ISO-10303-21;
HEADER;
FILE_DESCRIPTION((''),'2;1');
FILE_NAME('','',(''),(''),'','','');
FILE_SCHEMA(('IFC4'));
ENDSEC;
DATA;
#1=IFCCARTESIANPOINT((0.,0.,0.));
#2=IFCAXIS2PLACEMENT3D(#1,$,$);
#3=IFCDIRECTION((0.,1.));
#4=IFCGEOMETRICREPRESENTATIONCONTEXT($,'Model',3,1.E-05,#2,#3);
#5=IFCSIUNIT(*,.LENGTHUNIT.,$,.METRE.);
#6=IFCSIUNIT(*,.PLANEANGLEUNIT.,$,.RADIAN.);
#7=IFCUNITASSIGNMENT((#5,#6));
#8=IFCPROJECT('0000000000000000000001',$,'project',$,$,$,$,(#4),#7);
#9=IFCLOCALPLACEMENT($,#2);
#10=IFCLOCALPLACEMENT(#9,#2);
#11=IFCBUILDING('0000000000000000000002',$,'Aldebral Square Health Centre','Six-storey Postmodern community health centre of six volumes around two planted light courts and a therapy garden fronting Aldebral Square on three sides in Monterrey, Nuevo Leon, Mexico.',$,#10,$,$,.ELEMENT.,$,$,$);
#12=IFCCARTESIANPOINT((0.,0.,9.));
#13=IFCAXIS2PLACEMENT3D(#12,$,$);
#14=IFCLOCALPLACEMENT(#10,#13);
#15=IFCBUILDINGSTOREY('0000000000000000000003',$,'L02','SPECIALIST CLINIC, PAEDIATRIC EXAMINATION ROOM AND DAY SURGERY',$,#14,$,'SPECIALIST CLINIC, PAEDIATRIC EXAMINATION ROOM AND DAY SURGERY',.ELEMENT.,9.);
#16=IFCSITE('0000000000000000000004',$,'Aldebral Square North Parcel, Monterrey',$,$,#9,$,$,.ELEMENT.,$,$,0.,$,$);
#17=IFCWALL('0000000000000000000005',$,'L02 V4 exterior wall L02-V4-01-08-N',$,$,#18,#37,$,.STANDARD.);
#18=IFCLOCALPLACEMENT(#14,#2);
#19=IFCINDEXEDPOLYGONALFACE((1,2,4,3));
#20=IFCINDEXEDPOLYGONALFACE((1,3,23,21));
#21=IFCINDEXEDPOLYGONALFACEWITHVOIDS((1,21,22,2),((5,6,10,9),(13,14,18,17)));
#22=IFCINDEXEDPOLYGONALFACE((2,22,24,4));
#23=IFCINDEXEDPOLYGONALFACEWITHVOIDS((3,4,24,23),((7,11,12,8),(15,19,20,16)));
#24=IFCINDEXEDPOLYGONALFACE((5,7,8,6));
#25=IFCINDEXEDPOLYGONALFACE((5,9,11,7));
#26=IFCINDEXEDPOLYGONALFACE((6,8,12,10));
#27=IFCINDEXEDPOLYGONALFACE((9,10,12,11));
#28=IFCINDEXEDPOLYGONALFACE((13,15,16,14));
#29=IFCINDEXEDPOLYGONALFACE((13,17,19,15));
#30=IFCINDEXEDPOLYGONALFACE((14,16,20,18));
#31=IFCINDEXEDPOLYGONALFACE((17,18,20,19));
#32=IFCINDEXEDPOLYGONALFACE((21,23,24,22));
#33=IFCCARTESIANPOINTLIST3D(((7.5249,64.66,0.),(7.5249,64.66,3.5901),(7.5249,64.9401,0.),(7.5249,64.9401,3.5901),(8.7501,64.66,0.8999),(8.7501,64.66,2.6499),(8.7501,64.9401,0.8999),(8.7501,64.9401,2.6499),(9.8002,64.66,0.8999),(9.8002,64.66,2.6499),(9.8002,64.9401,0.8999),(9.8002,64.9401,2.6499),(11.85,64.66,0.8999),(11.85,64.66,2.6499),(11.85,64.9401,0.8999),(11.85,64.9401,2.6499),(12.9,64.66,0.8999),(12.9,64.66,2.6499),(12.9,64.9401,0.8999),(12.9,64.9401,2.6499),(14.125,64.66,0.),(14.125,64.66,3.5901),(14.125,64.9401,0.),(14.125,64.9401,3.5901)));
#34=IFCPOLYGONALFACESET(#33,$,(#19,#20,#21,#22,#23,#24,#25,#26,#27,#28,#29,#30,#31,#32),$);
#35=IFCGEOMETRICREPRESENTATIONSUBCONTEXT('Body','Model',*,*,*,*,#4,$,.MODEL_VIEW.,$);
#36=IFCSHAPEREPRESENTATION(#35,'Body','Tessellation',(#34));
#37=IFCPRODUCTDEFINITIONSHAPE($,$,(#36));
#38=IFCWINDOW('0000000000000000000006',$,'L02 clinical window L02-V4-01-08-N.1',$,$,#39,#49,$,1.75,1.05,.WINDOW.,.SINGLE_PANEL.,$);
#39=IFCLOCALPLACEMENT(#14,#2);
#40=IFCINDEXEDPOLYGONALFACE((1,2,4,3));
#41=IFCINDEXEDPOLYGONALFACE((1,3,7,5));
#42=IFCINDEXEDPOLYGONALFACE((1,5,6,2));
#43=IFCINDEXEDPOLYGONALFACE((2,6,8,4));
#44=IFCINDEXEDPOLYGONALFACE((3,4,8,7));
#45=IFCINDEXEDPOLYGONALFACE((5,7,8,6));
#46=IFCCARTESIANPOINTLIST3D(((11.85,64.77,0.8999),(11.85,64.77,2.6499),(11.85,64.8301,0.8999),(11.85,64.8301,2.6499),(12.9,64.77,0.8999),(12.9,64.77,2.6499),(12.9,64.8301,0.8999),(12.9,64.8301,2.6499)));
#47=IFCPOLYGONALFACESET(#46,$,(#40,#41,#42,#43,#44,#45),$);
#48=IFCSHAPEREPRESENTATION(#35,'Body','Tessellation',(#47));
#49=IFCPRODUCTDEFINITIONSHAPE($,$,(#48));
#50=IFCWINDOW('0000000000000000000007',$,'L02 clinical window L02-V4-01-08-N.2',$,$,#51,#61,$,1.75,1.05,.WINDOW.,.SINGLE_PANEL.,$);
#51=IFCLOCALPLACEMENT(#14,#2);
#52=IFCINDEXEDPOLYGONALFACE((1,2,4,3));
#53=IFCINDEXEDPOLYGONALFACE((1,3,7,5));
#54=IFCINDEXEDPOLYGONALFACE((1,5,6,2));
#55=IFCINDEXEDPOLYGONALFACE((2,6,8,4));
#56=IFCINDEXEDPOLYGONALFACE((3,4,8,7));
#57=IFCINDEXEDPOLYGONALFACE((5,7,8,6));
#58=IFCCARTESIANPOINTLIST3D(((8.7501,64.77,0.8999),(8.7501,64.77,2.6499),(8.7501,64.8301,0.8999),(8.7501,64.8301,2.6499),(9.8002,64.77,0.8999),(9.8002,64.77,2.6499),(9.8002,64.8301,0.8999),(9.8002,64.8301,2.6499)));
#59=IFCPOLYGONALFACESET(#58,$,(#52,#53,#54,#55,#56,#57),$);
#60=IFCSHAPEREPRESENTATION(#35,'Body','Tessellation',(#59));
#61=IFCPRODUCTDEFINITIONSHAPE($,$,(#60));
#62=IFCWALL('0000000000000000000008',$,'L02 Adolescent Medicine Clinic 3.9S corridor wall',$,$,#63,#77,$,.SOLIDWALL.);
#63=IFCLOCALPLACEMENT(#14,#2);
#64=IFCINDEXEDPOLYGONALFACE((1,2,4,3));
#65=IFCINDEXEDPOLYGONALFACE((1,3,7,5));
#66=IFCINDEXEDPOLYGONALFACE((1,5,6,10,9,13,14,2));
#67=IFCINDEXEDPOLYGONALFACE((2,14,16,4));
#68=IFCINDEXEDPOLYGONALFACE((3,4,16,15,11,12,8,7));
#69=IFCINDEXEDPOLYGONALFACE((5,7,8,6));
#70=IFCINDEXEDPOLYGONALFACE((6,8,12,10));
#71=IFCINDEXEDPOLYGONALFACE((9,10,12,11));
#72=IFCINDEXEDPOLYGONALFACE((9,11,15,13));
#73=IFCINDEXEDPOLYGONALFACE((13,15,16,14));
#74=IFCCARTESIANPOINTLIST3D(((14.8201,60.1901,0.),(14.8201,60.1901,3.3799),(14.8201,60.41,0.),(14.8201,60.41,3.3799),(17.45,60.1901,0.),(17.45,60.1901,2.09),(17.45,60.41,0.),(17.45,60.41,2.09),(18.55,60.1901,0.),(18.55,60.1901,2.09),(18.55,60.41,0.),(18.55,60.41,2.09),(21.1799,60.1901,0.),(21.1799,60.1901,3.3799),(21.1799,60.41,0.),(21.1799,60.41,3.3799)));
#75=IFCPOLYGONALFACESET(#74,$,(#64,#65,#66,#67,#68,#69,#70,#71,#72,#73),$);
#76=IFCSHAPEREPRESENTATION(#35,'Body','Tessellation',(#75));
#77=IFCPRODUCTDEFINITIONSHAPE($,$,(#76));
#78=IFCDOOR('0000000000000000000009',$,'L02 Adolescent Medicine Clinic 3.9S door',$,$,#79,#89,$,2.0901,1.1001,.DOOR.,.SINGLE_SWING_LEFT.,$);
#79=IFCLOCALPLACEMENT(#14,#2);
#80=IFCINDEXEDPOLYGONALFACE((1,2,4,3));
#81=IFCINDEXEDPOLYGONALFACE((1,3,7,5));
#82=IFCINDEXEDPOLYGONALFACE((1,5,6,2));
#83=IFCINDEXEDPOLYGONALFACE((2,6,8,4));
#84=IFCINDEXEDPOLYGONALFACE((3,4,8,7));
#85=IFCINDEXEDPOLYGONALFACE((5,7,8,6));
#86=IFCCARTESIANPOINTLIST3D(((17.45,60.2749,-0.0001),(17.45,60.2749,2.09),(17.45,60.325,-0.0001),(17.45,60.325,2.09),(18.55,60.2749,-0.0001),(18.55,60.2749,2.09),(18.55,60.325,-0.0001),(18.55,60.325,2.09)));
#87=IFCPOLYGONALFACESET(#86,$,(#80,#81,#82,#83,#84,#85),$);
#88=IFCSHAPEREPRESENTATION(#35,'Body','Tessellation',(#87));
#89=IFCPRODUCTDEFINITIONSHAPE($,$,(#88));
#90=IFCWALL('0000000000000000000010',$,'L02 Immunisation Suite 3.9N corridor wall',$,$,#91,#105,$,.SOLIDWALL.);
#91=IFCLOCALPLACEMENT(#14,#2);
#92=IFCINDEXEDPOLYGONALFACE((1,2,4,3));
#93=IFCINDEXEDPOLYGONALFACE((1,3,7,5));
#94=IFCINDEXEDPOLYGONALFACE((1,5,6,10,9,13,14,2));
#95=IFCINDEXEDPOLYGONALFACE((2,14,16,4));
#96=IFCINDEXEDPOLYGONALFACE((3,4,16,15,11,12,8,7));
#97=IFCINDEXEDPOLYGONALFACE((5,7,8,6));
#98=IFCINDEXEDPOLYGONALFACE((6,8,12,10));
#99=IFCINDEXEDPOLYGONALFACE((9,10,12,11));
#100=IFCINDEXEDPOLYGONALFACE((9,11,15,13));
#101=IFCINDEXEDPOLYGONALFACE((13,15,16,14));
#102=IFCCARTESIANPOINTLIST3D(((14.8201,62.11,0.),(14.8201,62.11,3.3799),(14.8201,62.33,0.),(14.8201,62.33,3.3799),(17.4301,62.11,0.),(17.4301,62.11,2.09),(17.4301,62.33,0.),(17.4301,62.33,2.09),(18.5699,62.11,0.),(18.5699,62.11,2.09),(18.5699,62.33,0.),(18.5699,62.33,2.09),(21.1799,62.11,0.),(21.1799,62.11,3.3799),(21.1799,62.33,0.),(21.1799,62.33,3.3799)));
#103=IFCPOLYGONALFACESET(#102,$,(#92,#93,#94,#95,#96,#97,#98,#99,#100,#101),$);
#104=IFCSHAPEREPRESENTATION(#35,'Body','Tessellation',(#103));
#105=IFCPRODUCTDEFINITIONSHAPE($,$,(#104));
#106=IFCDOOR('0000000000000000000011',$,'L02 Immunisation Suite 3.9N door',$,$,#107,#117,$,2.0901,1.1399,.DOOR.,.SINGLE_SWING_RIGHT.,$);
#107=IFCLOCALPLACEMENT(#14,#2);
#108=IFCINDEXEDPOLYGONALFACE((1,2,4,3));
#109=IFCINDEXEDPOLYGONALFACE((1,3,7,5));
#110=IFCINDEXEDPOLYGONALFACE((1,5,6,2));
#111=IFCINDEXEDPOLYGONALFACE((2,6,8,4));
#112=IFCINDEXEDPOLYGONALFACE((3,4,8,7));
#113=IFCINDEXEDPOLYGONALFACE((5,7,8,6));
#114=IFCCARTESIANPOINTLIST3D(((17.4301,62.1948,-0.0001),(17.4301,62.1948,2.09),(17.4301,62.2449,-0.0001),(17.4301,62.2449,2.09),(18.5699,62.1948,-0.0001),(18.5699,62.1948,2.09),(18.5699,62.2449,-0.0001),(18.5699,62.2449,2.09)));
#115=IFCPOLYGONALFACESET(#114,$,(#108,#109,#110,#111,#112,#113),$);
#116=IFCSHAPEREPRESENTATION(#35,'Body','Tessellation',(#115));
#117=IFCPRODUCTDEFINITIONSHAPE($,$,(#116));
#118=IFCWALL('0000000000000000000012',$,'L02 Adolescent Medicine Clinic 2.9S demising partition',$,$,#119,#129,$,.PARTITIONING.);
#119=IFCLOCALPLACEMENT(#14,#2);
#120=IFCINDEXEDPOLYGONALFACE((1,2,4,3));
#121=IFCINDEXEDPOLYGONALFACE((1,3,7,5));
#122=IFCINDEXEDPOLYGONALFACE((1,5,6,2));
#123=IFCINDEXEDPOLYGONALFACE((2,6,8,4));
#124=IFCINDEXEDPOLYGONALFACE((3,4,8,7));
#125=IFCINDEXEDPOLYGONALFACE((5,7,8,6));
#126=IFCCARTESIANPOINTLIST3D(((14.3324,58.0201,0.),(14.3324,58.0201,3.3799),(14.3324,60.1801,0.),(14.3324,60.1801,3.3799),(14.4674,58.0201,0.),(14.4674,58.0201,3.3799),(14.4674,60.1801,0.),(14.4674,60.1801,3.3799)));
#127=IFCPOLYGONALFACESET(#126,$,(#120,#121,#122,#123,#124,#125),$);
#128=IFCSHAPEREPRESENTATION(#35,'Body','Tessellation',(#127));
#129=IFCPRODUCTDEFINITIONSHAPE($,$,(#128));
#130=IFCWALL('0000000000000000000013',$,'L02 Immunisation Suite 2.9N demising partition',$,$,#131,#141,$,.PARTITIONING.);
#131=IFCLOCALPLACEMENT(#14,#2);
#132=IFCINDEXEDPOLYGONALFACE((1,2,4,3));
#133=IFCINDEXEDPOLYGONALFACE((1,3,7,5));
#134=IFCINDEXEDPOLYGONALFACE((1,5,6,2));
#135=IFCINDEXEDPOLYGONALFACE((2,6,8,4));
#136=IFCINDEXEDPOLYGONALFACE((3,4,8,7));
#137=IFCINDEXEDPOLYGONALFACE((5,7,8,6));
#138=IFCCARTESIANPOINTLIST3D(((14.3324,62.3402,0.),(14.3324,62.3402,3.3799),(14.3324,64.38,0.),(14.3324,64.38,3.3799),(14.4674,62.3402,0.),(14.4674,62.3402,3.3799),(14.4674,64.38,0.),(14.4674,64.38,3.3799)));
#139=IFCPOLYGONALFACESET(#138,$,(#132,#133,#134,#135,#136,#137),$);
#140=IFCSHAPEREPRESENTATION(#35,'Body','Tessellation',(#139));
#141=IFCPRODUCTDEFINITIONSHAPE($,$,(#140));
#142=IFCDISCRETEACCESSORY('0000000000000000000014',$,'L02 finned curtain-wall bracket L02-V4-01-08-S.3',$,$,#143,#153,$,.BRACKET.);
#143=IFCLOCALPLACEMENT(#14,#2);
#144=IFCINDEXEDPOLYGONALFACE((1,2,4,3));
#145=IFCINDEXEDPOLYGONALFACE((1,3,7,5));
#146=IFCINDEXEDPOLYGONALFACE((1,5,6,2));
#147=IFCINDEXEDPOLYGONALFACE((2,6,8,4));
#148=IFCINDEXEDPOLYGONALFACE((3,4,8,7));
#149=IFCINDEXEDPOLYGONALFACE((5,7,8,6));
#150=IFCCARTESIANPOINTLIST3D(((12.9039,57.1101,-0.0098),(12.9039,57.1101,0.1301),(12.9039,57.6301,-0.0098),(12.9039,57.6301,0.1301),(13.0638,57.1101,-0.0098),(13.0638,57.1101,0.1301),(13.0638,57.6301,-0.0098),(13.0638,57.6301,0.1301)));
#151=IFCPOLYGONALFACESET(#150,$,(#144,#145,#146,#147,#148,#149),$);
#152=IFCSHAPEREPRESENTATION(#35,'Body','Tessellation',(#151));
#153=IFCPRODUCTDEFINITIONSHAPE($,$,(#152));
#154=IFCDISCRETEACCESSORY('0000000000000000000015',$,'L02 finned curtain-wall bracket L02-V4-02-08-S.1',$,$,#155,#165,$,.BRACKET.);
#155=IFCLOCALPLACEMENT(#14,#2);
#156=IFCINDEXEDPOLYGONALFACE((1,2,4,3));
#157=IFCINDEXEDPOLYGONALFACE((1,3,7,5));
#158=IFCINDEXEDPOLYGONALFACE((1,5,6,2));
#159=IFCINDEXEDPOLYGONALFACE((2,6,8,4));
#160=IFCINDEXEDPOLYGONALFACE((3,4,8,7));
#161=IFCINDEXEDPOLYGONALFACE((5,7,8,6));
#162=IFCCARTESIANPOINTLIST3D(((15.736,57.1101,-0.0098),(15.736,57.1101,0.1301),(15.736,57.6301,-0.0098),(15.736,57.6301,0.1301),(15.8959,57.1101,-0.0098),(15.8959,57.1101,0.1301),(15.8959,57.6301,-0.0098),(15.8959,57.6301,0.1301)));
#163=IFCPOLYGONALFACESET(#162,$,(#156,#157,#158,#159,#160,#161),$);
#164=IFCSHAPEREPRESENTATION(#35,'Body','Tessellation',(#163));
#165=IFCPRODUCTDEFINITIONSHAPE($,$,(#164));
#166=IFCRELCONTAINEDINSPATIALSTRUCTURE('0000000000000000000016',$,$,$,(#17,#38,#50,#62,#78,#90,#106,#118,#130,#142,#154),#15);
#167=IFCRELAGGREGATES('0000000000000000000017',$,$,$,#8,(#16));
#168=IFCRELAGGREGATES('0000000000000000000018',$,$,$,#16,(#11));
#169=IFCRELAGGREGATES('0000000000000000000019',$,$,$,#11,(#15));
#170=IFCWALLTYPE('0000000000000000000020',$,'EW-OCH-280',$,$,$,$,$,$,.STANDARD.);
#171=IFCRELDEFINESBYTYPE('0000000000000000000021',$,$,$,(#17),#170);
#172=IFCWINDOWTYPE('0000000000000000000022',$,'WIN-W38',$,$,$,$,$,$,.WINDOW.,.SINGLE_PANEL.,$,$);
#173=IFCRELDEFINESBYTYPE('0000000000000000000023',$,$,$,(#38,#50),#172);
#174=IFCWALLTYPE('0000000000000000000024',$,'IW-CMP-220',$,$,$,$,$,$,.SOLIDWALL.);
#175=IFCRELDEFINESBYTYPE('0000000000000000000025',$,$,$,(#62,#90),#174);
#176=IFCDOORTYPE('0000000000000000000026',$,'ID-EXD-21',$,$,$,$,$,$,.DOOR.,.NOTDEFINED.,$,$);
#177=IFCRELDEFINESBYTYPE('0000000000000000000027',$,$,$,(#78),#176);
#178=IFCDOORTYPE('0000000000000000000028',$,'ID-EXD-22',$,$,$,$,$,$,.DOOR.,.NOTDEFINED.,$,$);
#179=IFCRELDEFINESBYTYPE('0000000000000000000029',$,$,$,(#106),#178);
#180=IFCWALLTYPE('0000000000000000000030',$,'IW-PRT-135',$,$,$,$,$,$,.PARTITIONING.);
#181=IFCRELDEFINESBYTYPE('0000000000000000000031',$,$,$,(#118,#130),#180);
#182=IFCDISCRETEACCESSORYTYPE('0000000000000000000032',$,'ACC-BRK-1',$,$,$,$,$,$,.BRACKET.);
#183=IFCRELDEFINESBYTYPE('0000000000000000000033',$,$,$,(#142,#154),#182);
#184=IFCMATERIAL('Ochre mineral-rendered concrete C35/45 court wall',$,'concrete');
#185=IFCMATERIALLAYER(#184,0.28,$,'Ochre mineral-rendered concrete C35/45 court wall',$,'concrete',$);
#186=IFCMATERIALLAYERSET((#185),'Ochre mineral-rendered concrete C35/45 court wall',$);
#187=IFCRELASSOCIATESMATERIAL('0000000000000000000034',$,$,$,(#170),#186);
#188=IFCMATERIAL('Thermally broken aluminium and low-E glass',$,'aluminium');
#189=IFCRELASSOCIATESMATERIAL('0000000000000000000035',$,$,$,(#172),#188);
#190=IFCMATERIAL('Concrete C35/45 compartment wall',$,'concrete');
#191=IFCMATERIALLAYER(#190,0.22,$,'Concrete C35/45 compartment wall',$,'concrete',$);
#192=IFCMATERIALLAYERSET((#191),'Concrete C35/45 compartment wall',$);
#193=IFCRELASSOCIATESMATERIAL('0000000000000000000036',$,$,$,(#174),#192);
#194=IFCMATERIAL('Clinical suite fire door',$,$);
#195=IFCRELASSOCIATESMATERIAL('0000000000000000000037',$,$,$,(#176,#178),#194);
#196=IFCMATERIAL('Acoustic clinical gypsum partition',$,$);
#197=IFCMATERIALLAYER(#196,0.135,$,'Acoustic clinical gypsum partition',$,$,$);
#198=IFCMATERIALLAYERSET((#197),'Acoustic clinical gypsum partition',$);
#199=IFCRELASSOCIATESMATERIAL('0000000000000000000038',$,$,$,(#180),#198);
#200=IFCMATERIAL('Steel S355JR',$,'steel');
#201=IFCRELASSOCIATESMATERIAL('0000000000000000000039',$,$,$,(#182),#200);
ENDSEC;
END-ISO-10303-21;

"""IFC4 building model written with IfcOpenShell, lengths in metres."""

from ifc_helpers import new_model, si_unit, direction, frame, frame_2d, origin, origin_2d, place, context, subcontext, project, spatial, rectangle, extrude, material, layer, layer_set, type_object, element, fill, save


model = new_model("IFC4")

# Units and contexts
model_context = context("Model", 3, precision=1e-05, world=origin(), true_north=direction((0.0, 1.0)))
body_context = subcontext(model_context, "Body", "Model", "MODEL_VIEW")
ifc_project = project(units=[si_unit("LENGTHUNIT", "METRE"), si_unit("PLANEANGLEUNIT", "RADIAN")], contexts=[model_context])

# Site, building, storey
site_placement = place(None, origin())
site = spatial("IfcSite", under=ifc_project, at=site_placement, Name="Aldebral Square North Parcel, Monterrey", CompositionType="ELEMENT", RefElevation=0.0)
building_placement = place(site_placement, origin())
building = spatial("IfcBuilding", under=site, at=building_placement, Name="Aldebral Square Health Centre", Description="Six-storey Postmodern community health centre of six volumes around two planted light courts and a therapy garden fronting Aldebral Square on three sides in Monterrey, Nuevo Leon, Mexico.", CompositionType="ELEMENT")
storey_placement = place(building_placement, frame((0.0, 0.0, 9.0)))
storey = spatial("IfcBuildingStorey", under=building, at=storey_placement, Name="L02", Description="SPECIALIST CLINIC, PAEDIATRIC EXAMINATION ROOM AND DAY SURGERY", LongName="SPECIALIST CLINIC, PAEDIATRIC EXAMINATION ROOM AND DAY SURGERY", CompositionType="ELEMENT", Elevation=9.0)

# Wall, openings, windows
ifc_material_1 = material(Name="Ochre mineral-rendered concrete C35/45 court wall", Category="concrete")
ifc_layer_1 = layer(ifc_material_1, 0.28, Name="Ochre mineral-rendered concrete C35/45 court wall", Category="concrete")
ifc_layer_set_1 = layer_set([ifc_layer_1], Name="Ochre mineral-rendered concrete C35/45 court wall")
wall_type_1 = type_object("IfcWallType", Name="EW-OCH-280", PredefinedType="STANDARD", material=ifc_layer_set_1)
wall_1_placement = place(storey_placement, frame((14.125, 64.8, 0.0), z_axis=(0.0, 0.0, 1.0), x_axis=(-1.0, 0.0, 0.0)))
wall_1 = element("IfcWall", 1, at=wall_1_placement, inside=storey, type_object=wall_type_1, Name="L02 V4 exterior wall L02-V4-01-08-N", PredefinedType="STANDARD", context=body_context, shape_type="SweptSolid", body=[
    extrude(rectangle(XDim=6.6001, YDim=0.28, at=frame_2d((3.3, 0.0))), origin(), (0.0, 0.0, 1.0), 3.5901),
])
opening_1_placement = place(wall_1_placement, frame((1.2251, 0.0, 0.8999)))
opening_1 = element("IfcOpeningElement", 2, at=opening_1_placement, cuts=wall_1, PredefinedType="OPENING", context=body_context, shape_type="SweptSolid", body=[
    extrude(rectangle(XDim=1.05, YDim=1.75, at=frame_2d((0.5249, 0.875))), frame((0.0, 0.1499, 0.0), z_axis=(0.0, -1.0, 0.0), x_axis=(1.0, 0.0, 0.0)), (0.0, 0.0, 1.0), 0.3),
])
opening_2_placement = place(wall_1_placement, frame((4.325, 0.0, 0.8999)))
opening_2 = element("IfcOpeningElement", 3, at=opening_2_placement, cuts=wall_1, PredefinedType="OPENING", context=body_context, shape_type="SweptSolid", body=[
    extrude(rectangle(XDim=1.05, YDim=1.75, at=frame_2d((0.5249, 0.875))), frame((0.0, 0.1499, 0.0), z_axis=(0.0, -1.0, 0.0), x_axis=(1.0, 0.0, 0.0)), (0.0, 0.0, 1.0), 0.3),
])
ifc_material_2 = material(Name="Thermally broken aluminium and low-E glass", Category="aluminium")
window_type = type_object("IfcWindowType", Name="WIN-W38", PartitioningType="SINGLE_PANEL", PredefinedType="WINDOW", material=ifc_material_2)
window_1_placement = place(opening_1_placement, origin())
window_1 = element("IfcWindow", 4, at=window_1_placement, inside=storey, type_object=window_type, Name="L02 clinical window L02-V4-01-08-N.1", OverallHeight=1.75, OverallWidth=1.05, PartitioningType="SINGLE_PANEL", PredefinedType="WINDOW", context=body_context, shape_type="SweptSolid", body=[
    extrude(rectangle(XDim=1.05, YDim=1.75, at=frame_2d((0.5249, 0.875))), frame((0.0, 0.03, 0.0), z_axis=(0.0, -1.0, 0.0), x_axis=(1.0, 0.0, 0.0)), (0.0, 0.0, 1.0), 0.0601),
])
fill(opening_1, window_1)
window_2_placement = place(opening_2_placement, origin())
window_2 = element("IfcWindow", 5, at=window_2_placement, inside=storey, type_object=window_type, Name="L02 clinical window L02-V4-01-08-N.2", OverallHeight=1.75, OverallWidth=1.05, PartitioningType="SINGLE_PANEL", PredefinedType="WINDOW", context=body_context, shape_type="SweptSolid", body=[
    extrude(rectangle(XDim=1.05, YDim=1.75, at=frame_2d((0.5249, 0.875))), frame((0.0, 0.03, 0.0), z_axis=(0.0, -1.0, 0.0), x_axis=(1.0, 0.0, 0.0)), (0.0, 0.0, 1.0), 0.0601),
])
fill(opening_2, window_2)

# Walls, openings, doors
ifc_material_3 = material(Name="Concrete C35/45 compartment wall", Category="concrete")
ifc_layer_2 = layer(ifc_material_3, 0.22, Name="Concrete C35/45 compartment wall", Category="concrete")
ifc_layer_set_2 = layer_set([ifc_layer_2], Name="Concrete C35/45 compartment wall")
wall_type_2 = type_object("IfcWallType", Name="IW-CMP-220", PredefinedType="SOLIDWALL", material=ifc_layer_set_2)
wall_2_placement = place(storey_placement, frame((14.8201, 60.3, 0.0), z_axis=(0.0, 0.0, 1.0), x_axis=(1.0, 0.0, 0.0)))
wall_2 = element("IfcWall", 6, at=wall_2_placement, inside=storey, type_object=wall_type_2, Name="L02 Adolescent Medicine Clinic 3.9S corridor wall", PredefinedType="SOLIDWALL", context=body_context, shape_type="SweptSolid", body=[
    extrude(rectangle(XDim=6.3599, YDim=0.22, at=frame_2d((3.1799, 0.0))), origin(), (0.0, 0.0, 1.0), 3.3799),
])
opening_3_placement = place(wall_2_placement, frame((2.6299, 0.0, 0.0)))
opening_3 = element("IfcOpeningElement", 7, at=opening_3_placement, cuts=wall_2, PredefinedType="OPENING", context=body_context, shape_type="SweptSolid", body=[
    extrude(rectangle(XDim=1.1001, YDim=2.0901, at=frame_2d((0.55, 1.0449))), frame((0.0, 0.1201, 0.0), z_axis=(0.0, -1.0, 0.0), x_axis=(1.0, 0.0, 0.0)), (0.0, 0.0, 1.0), 0.24),
])
ifc_material_4 = material(Name="Clinical suite fire door")
door_type_1 = type_object("IfcDoorType", Name="ID-EXD-21", OperationType="NOTDEFINED", PredefinedType="DOOR", material=ifc_material_4)
door_1_placement = place(opening_3_placement, origin())
door_1 = element("IfcDoor", 8, at=door_1_placement, inside=storey, type_object=door_type_1, Name="L02 Adolescent Medicine Clinic 3.9S door", OperationType="SINGLE_SWING_LEFT", OverallHeight=2.0901, OverallWidth=1.1001, PredefinedType="DOOR", context=body_context, shape_type="SweptSolid", body=[
    extrude(rectangle(XDim=1.1001, YDim=2.0901, at=frame_2d((0.55, 1.0449))), frame((0.0, 0.0249, 0.0), z_axis=(0.0, -1.0, 0.0), x_axis=(1.0, 0.0, 0.0)), (0.0, 0.0, 1.0), 0.05),
])
fill(opening_3, door_1)
wall_3_placement = place(storey_placement, frame((14.8201, 62.22, 0.0), z_axis=(0.0, 0.0, 1.0), x_axis=(1.0, 0.0, 0.0)))
wall_3 = element("IfcWall", 9, at=wall_3_placement, inside=storey, type_object=wall_type_2, Name="L02 Immunisation Suite 3.9N corridor wall", PredefinedType="SOLIDWALL", context=body_context, shape_type="SweptSolid", body=[
    extrude(rectangle(XDim=6.3599, YDim=0.22, at=frame_2d((3.1799, 0.0))), origin(), (0.0, 0.0, 1.0), 3.3799),
])
opening_4_placement = place(wall_3_placement, frame((2.6101, 0.0, 0.0)))
opening_4 = element("IfcOpeningElement", 10, at=opening_4_placement, cuts=wall_3, PredefinedType="OPENING", context=body_context, shape_type="SweptSolid", body=[
    extrude(rectangle(XDim=1.1399, YDim=2.0901, at=frame_2d((0.5698, 1.0449))), frame((0.0, 0.1201, 0.0), z_axis=(0.0, -1.0, 0.0), x_axis=(1.0, 0.0, 0.0)), (0.0, 0.0, 1.0), 0.24),
])
door_type_2 = type_object("IfcDoorType", Name="ID-EXD-22", OperationType="NOTDEFINED", PredefinedType="DOOR", material=ifc_material_4)
door_2_placement = place(opening_4_placement, origin())
door_2 = element("IfcDoor", 11, at=door_2_placement, inside=storey, type_object=door_type_2, Name="L02 Immunisation Suite 3.9N door", OperationType="SINGLE_SWING_RIGHT", OverallHeight=2.0901, OverallWidth=1.1399, PredefinedType="DOOR", context=body_context, shape_type="SweptSolid", body=[
    extrude(rectangle(XDim=1.1399, YDim=2.0901, at=frame_2d((0.5698, 1.0449))), frame((0.0, 0.0249, 0.0), z_axis=(0.0, -1.0, 0.0), x_axis=(1.0, 0.0, 0.0)), (0.0, 0.0, 1.0), 0.05),
])
fill(opening_4, door_2)

# Walls
ifc_material_5 = material(Name="Acoustic clinical gypsum partition")
ifc_layer_3 = layer(ifc_material_5, 0.135, Name="Acoustic clinical gypsum partition")
ifc_layer_set_3 = layer_set([ifc_layer_3], Name="Acoustic clinical gypsum partition")
wall_type_3 = type_object("IfcWallType", Name="IW-PRT-135", PredefinedType="PARTITIONING", material=ifc_layer_set_3)
wall_4_placement = place(storey_placement, frame((14.3999, 58.02, 0.0), z_axis=(0.0, 0.0, 1.0), x_axis=(0.0, 1.0, 0.0)))
element("IfcWall", 12, at=wall_4_placement, inside=storey, type_object=wall_type_3, Name="L02 Adolescent Medicine Clinic 2.9S demising partition", PredefinedType="PARTITIONING", context=body_context, shape_type="SweptSolid", body=[
    extrude(rectangle(XDim=2.1599, YDim=0.135, at=frame_2d((1.0801, 0.0))), origin(), (0.0, 0.0, 1.0), 3.3799),
])
wall_5_placement = place(storey_placement, frame((14.3999, 62.3401, 0.0), z_axis=(0.0, 0.0, 1.0), x_axis=(0.0, 1.0, 0.0)))
element("IfcWall", 13, at=wall_5_placement, inside=storey, type_object=wall_type_3, Name="L02 Immunisation Suite 2.9N demising partition", PredefinedType="PARTITIONING", context=body_context, shape_type="SweptSolid", body=[
    extrude(rectangle(XDim=2.0398, YDim=0.135, at=frame_2d((1.02, 0.0))), origin(), (0.0, 0.0, 1.0), 3.3799),
])

# Discrete accessories
ifc_material_6 = material(Name="Steel S355JR", Category="steel")
discrete_accessory_type = type_object("IfcDiscreteAccessoryType", Name="ACC-BRK-1", PredefinedType="BRACKET", material=ifc_material_6)
for number, where, z_axis, x_axis, name in (
    (14, (12.9839, 57.3701, -0.0098), (0.0, 0.0, 1.0), (1.0, 0.0, 0.0), "L02 finned curtain-wall bracket L02-V4-01-08-S.3"),
    (15, (15.8159, 57.3701, -0.0098), (0.0, 0.0, 1.0), (1.0, 0.0, 0.0), "L02 finned curtain-wall bracket L02-V4-02-08-S.1"),
):
    element("IfcDiscreteAccessory", number, at=place(storey_placement, frame(where, z_axis=z_axis, x_axis=x_axis)), inside=storey, type_object=discrete_accessory_type, Name=name, PredefinedType="BRACKET", context=body_context, shape_type="SweptSolid", body=[
        extrude(rectangle(XDim=0.1599, YDim=0.52, at=origin_2d()), origin(), (0.0, 0.0, 1.0), 0.1399),
    ])

save(model, "model.ifc")
